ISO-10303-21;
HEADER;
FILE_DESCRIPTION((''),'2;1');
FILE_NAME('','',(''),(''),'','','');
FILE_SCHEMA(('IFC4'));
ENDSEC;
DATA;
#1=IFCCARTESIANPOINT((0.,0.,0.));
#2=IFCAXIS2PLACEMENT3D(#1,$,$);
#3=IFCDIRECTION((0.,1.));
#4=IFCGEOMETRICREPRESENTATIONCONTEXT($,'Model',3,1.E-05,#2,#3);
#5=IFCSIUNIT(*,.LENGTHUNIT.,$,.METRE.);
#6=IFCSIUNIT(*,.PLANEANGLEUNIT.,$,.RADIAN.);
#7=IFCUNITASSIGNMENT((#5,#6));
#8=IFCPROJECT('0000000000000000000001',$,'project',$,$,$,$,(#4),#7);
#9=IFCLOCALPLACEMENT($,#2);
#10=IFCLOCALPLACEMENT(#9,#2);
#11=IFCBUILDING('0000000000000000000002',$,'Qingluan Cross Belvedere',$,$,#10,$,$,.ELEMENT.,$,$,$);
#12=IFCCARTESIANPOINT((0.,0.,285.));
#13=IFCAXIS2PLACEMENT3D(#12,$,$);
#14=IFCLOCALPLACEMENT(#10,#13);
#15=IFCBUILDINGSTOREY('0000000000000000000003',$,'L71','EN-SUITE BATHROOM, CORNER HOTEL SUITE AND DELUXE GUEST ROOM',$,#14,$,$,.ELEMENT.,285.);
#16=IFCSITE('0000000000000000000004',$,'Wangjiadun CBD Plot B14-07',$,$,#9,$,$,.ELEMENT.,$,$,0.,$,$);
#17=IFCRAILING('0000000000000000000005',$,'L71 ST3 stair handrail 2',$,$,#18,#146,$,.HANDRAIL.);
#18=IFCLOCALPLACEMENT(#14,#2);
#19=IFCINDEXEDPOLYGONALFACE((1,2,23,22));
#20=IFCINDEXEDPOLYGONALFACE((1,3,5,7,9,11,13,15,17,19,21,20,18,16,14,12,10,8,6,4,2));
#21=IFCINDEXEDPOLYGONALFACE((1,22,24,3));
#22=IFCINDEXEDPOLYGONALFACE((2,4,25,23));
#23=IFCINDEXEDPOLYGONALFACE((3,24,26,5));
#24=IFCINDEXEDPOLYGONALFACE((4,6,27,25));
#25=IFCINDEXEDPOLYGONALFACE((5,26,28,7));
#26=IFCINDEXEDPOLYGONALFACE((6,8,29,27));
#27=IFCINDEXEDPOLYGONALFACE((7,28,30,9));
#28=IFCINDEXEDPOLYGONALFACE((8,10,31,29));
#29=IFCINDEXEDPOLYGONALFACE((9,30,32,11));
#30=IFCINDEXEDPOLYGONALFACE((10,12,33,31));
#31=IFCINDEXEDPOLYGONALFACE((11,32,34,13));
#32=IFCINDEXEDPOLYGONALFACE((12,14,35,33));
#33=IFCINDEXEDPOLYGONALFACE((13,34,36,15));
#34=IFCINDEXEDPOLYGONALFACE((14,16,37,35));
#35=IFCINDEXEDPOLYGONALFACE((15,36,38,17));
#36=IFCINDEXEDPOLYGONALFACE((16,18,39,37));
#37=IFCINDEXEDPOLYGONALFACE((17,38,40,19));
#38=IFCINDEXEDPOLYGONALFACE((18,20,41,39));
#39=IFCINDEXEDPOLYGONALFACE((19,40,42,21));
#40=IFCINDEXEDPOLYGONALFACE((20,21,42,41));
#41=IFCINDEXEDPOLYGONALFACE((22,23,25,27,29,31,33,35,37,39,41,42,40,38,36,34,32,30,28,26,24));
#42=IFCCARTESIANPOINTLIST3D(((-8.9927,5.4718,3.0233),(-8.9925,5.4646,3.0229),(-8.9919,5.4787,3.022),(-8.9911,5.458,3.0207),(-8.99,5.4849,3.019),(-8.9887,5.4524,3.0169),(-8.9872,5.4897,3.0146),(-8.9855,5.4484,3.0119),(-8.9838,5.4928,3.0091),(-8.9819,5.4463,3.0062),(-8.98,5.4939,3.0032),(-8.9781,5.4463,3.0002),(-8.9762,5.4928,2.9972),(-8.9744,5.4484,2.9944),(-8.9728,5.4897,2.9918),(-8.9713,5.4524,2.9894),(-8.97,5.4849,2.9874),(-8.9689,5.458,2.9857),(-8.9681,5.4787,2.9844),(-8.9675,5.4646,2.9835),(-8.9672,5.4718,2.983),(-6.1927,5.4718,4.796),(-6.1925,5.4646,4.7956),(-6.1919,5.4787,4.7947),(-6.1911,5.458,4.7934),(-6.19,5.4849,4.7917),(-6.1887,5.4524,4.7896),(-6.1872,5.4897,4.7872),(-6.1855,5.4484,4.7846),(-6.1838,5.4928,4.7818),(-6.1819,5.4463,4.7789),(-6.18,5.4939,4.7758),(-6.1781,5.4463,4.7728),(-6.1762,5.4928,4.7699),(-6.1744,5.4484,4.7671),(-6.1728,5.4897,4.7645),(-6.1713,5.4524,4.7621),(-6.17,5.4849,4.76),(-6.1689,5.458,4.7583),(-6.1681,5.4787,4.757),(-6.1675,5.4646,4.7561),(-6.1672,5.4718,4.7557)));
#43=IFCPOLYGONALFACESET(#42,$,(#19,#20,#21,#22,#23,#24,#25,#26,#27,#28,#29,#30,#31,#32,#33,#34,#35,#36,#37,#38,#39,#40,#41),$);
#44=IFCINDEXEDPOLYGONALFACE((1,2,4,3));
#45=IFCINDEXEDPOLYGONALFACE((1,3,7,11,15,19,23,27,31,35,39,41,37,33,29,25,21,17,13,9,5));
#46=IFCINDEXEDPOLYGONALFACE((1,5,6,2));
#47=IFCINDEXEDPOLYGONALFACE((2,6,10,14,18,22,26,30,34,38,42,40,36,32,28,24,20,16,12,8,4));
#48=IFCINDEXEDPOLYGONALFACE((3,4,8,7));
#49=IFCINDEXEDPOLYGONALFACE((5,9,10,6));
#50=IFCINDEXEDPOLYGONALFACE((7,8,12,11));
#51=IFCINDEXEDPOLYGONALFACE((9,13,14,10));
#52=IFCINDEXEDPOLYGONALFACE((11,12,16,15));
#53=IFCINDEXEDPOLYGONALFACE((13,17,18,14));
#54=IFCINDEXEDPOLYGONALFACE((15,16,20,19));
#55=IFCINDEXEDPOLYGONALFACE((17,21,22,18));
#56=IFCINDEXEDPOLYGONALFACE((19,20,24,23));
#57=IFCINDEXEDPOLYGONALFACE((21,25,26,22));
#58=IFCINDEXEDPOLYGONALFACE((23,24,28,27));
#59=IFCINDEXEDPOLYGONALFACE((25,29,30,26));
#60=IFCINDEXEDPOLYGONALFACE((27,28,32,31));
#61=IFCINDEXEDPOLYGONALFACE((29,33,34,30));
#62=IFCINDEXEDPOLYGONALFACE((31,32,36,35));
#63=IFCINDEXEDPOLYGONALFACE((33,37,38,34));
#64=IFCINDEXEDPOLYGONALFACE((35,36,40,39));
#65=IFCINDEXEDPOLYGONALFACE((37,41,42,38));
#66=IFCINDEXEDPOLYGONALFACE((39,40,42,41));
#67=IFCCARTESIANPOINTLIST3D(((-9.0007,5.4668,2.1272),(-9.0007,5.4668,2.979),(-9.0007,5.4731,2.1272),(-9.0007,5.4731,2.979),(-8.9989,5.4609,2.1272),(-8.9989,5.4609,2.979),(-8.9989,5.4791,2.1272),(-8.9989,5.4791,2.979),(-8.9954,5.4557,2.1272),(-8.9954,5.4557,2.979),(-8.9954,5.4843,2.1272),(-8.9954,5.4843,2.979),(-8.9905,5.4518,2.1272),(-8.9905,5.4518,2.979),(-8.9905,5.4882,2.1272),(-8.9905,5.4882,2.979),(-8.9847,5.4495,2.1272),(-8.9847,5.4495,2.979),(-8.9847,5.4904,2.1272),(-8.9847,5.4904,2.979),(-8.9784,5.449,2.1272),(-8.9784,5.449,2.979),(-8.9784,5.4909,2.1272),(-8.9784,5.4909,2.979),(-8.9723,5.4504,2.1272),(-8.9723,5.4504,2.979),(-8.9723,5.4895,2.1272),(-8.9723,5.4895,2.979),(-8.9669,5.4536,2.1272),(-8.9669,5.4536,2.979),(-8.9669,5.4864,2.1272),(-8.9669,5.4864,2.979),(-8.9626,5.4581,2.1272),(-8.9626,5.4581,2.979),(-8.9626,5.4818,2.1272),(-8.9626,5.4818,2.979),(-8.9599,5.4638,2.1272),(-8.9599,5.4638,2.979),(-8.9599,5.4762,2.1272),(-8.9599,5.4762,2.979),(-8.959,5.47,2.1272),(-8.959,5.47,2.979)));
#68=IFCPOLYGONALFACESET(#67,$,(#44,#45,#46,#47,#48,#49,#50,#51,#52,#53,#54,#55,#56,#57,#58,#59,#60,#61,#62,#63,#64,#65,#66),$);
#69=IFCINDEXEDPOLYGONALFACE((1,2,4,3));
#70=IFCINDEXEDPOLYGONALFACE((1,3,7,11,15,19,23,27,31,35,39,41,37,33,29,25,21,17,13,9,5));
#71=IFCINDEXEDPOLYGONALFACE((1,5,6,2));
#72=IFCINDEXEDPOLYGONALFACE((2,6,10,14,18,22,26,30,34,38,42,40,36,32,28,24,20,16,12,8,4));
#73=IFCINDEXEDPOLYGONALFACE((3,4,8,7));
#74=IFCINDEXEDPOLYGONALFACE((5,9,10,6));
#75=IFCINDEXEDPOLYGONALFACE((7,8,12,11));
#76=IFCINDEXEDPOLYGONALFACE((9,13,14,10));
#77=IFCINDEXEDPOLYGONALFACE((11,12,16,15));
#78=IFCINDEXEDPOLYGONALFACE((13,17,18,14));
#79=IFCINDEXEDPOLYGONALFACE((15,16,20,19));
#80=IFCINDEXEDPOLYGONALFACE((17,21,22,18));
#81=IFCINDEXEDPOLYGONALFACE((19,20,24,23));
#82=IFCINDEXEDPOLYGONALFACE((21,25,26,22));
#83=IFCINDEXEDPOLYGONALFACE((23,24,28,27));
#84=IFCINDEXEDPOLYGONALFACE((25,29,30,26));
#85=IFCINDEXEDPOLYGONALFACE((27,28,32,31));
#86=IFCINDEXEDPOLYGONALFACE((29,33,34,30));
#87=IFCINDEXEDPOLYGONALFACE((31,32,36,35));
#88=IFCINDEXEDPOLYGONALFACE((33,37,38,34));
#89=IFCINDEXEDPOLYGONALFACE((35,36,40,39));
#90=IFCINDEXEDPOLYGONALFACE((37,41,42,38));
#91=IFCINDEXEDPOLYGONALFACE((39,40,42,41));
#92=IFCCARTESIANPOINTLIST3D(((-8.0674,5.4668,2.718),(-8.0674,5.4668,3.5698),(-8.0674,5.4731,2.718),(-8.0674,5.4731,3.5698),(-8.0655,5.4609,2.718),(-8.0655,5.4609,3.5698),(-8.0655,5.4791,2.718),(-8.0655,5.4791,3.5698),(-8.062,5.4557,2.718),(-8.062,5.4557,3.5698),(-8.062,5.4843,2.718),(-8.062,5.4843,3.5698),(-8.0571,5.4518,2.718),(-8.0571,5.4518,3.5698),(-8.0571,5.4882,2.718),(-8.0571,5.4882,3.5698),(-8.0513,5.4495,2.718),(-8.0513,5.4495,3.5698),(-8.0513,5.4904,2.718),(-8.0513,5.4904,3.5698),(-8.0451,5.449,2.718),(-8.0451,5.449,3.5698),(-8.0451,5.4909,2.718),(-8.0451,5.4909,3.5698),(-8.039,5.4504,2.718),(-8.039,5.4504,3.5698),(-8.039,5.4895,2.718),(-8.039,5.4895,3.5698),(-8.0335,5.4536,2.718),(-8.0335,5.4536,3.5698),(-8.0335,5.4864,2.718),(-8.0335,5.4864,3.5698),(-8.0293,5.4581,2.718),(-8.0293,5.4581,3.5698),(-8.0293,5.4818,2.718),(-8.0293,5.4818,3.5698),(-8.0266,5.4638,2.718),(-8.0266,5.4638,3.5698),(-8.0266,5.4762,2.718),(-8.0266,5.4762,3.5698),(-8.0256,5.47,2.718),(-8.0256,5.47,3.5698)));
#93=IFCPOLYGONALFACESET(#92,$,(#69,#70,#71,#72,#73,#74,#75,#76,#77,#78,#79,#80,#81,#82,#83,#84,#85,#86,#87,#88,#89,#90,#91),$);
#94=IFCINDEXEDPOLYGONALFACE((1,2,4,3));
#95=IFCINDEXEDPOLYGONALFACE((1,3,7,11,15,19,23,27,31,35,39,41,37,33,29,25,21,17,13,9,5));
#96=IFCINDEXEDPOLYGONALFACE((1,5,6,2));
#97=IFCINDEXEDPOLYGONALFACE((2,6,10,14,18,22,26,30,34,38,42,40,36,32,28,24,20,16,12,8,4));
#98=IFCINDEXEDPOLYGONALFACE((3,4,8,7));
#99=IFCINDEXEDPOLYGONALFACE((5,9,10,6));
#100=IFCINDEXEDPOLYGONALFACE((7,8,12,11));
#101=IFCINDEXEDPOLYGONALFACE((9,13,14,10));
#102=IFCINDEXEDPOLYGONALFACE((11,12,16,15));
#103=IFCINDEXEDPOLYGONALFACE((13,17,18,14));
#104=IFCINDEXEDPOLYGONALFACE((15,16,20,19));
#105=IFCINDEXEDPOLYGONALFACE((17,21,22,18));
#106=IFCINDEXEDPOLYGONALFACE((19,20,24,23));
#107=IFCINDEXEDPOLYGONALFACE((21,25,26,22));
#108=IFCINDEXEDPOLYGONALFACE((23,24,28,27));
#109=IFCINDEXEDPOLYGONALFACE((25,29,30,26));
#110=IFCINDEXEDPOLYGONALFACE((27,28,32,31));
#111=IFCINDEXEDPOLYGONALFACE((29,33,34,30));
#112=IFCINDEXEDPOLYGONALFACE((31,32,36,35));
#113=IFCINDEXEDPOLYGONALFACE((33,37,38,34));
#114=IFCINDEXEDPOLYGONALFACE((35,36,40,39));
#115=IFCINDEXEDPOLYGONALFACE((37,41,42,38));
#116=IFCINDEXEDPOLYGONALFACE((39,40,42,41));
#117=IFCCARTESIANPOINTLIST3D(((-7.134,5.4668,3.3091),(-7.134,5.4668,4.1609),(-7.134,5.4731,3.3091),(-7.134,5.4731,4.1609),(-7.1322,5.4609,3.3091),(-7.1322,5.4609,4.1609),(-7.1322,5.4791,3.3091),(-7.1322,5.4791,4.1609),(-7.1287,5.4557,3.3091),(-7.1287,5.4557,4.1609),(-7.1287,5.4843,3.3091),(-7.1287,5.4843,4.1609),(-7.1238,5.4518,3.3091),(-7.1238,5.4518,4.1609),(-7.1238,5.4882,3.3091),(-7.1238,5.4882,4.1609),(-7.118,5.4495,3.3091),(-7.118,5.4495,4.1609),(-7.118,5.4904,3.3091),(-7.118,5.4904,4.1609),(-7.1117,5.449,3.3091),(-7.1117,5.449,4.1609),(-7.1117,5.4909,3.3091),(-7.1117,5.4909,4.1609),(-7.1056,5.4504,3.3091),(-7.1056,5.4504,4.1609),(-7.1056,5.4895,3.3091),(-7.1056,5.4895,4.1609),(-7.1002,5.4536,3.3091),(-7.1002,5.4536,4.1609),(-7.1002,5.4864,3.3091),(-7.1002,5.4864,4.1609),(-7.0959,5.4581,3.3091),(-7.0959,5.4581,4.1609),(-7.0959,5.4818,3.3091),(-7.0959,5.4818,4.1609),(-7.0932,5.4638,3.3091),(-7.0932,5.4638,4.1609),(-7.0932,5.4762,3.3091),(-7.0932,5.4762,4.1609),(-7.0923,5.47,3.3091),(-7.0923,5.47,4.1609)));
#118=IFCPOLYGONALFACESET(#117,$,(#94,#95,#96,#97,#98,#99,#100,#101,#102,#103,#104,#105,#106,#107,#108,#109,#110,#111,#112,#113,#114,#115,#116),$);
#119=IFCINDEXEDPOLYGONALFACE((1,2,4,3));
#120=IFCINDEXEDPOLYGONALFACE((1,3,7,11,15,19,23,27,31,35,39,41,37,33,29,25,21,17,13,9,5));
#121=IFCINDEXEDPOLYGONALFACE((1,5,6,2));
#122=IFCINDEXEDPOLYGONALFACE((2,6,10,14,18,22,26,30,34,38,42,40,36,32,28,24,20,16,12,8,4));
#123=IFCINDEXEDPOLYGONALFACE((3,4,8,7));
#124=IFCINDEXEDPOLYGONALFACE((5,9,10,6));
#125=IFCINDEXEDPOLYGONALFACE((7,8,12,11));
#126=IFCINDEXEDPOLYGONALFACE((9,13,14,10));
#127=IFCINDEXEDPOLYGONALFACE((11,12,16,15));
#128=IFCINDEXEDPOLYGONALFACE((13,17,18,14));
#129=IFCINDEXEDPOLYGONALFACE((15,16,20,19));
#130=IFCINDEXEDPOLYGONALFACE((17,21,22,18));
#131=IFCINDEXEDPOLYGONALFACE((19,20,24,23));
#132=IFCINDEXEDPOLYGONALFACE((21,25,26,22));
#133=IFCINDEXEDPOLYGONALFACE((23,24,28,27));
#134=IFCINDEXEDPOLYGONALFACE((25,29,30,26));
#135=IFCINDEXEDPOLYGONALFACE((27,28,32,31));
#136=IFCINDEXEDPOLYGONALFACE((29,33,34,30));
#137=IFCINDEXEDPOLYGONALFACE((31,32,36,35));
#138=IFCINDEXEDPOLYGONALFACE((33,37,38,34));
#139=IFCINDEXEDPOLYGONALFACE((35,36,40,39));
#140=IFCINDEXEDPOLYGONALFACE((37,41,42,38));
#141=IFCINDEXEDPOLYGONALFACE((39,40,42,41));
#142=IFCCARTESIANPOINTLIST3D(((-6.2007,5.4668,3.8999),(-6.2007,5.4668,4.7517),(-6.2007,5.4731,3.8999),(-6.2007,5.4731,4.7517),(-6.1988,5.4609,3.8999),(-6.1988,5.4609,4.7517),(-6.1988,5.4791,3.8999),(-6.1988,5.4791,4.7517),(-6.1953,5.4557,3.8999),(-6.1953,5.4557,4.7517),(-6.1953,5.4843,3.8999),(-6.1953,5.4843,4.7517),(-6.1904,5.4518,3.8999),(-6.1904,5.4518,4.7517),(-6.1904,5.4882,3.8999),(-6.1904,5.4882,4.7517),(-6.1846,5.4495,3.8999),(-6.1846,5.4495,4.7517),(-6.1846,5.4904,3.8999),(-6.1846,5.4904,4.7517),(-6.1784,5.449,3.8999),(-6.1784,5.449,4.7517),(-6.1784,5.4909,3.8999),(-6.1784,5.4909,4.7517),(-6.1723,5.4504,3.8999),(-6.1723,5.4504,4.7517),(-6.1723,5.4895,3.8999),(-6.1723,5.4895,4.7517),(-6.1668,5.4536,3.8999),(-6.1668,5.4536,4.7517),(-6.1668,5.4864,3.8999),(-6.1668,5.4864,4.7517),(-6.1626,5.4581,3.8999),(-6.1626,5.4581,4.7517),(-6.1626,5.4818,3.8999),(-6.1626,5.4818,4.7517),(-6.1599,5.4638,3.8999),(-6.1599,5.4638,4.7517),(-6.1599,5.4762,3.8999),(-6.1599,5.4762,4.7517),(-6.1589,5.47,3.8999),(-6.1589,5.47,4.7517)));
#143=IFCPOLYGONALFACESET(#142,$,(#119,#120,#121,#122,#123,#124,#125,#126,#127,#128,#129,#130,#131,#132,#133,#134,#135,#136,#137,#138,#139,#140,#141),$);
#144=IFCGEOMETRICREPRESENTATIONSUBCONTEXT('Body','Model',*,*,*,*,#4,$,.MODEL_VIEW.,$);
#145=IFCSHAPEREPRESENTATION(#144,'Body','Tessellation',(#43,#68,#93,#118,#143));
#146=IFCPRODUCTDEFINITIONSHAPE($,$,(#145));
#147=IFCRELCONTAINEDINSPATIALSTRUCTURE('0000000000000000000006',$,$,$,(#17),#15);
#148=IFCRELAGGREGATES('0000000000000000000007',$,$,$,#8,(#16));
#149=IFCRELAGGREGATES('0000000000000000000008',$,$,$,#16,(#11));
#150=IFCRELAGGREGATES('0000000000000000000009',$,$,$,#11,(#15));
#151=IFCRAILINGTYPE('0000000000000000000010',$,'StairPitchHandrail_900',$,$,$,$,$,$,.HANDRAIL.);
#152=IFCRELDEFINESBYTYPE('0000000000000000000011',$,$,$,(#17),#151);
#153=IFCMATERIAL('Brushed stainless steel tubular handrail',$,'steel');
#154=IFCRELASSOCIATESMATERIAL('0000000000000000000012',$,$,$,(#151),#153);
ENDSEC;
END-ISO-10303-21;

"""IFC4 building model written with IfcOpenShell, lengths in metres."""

from ifc_helpers import new_model, si_unit, direction, frame, origin, origin_2d, place, context, subcontext, project, spatial, circle, extrude, material, type_object, element, save


model = new_model("IFC4")

# Units and contexts
model_context = context("Model", 3, precision=1e-05, world=origin(), true_north=direction((0.0, 1.0)))
body_context = subcontext(model_context, "Body", "Model", "MODEL_VIEW")
ifc_project = project(units=[si_unit("LENGTHUNIT", "METRE"), si_unit("PLANEANGLEUNIT", "RADIAN")], contexts=[model_context])

# Site, building, storey
site_placement = place(None, origin())
site = spatial("IfcSite", under=ifc_project, at=site_placement, Name="Wangjiadun CBD Plot B14-07", CompositionType="ELEMENT", RefElevation=0.0)
building_placement = place(site_placement, origin())
building = spatial("IfcBuilding", under=site, at=building_placement, Name="Qingluan Cross Belvedere", CompositionType="ELEMENT")
storey_placement = place(building_placement, frame((0.0, 0.0, 285.0)))
storey = spatial("IfcBuildingStorey", under=building, at=storey_placement, Name="L71", Description="EN-SUITE BATHROOM, CORNER HOTEL SUITE AND DELUXE GUEST ROOM", CompositionType="ELEMENT", Elevation=285.0)

# Railing
ifc_material_1 = material(Name="Brushed stainless steel tubular handrail", Category="steel")
railing_type_1 = type_object("IfcRailingType", Name="StairPitchHandrail_900", PredefinedType="HANDRAIL", material=ifc_material_1)
railing_1_placement = place(storey_placement, frame((-8.98, 5.47, 2.1272)))
element("IfcRailing", 1, at=railing_1_placement, inside=storey, type_object=railing_type_1, Name="L71 ST3 stair handrail 2", PredefinedType="HANDRAIL", context=body_context, shape_type="SweptSolid", body=[
    extrude(circle(Radius=0.0239, at=origin_2d()), frame((0.0, 0.0, 0.876), z_axis=(0.844909, 0.0, 0.53491), x_axis=(0.0, 1.0, 0.0)), (0.0, 0.0, 1.0), 3.314),
    extrude(circle(Radius=0.021, at=origin_2d()), origin(), (0.0, 0.0, 1.0), 0.8518),
    extrude(circle(Radius=0.021, at=origin_2d()), frame((0.9333, 0.0, 0.5908)), (0.0, 0.0, 1.0), 0.8518),
    extrude(circle(Radius=0.021, at=origin_2d()), frame((1.8667, 0.0, 1.1819)), (0.0, 0.0, 1.0), 0.8518),
    extrude(circle(Radius=0.021, at=origin_2d()), frame((2.8, 0.0, 1.7727)), (0.0, 0.0, 1.0), 0.8518),
])

save(model, "model.ifc")
